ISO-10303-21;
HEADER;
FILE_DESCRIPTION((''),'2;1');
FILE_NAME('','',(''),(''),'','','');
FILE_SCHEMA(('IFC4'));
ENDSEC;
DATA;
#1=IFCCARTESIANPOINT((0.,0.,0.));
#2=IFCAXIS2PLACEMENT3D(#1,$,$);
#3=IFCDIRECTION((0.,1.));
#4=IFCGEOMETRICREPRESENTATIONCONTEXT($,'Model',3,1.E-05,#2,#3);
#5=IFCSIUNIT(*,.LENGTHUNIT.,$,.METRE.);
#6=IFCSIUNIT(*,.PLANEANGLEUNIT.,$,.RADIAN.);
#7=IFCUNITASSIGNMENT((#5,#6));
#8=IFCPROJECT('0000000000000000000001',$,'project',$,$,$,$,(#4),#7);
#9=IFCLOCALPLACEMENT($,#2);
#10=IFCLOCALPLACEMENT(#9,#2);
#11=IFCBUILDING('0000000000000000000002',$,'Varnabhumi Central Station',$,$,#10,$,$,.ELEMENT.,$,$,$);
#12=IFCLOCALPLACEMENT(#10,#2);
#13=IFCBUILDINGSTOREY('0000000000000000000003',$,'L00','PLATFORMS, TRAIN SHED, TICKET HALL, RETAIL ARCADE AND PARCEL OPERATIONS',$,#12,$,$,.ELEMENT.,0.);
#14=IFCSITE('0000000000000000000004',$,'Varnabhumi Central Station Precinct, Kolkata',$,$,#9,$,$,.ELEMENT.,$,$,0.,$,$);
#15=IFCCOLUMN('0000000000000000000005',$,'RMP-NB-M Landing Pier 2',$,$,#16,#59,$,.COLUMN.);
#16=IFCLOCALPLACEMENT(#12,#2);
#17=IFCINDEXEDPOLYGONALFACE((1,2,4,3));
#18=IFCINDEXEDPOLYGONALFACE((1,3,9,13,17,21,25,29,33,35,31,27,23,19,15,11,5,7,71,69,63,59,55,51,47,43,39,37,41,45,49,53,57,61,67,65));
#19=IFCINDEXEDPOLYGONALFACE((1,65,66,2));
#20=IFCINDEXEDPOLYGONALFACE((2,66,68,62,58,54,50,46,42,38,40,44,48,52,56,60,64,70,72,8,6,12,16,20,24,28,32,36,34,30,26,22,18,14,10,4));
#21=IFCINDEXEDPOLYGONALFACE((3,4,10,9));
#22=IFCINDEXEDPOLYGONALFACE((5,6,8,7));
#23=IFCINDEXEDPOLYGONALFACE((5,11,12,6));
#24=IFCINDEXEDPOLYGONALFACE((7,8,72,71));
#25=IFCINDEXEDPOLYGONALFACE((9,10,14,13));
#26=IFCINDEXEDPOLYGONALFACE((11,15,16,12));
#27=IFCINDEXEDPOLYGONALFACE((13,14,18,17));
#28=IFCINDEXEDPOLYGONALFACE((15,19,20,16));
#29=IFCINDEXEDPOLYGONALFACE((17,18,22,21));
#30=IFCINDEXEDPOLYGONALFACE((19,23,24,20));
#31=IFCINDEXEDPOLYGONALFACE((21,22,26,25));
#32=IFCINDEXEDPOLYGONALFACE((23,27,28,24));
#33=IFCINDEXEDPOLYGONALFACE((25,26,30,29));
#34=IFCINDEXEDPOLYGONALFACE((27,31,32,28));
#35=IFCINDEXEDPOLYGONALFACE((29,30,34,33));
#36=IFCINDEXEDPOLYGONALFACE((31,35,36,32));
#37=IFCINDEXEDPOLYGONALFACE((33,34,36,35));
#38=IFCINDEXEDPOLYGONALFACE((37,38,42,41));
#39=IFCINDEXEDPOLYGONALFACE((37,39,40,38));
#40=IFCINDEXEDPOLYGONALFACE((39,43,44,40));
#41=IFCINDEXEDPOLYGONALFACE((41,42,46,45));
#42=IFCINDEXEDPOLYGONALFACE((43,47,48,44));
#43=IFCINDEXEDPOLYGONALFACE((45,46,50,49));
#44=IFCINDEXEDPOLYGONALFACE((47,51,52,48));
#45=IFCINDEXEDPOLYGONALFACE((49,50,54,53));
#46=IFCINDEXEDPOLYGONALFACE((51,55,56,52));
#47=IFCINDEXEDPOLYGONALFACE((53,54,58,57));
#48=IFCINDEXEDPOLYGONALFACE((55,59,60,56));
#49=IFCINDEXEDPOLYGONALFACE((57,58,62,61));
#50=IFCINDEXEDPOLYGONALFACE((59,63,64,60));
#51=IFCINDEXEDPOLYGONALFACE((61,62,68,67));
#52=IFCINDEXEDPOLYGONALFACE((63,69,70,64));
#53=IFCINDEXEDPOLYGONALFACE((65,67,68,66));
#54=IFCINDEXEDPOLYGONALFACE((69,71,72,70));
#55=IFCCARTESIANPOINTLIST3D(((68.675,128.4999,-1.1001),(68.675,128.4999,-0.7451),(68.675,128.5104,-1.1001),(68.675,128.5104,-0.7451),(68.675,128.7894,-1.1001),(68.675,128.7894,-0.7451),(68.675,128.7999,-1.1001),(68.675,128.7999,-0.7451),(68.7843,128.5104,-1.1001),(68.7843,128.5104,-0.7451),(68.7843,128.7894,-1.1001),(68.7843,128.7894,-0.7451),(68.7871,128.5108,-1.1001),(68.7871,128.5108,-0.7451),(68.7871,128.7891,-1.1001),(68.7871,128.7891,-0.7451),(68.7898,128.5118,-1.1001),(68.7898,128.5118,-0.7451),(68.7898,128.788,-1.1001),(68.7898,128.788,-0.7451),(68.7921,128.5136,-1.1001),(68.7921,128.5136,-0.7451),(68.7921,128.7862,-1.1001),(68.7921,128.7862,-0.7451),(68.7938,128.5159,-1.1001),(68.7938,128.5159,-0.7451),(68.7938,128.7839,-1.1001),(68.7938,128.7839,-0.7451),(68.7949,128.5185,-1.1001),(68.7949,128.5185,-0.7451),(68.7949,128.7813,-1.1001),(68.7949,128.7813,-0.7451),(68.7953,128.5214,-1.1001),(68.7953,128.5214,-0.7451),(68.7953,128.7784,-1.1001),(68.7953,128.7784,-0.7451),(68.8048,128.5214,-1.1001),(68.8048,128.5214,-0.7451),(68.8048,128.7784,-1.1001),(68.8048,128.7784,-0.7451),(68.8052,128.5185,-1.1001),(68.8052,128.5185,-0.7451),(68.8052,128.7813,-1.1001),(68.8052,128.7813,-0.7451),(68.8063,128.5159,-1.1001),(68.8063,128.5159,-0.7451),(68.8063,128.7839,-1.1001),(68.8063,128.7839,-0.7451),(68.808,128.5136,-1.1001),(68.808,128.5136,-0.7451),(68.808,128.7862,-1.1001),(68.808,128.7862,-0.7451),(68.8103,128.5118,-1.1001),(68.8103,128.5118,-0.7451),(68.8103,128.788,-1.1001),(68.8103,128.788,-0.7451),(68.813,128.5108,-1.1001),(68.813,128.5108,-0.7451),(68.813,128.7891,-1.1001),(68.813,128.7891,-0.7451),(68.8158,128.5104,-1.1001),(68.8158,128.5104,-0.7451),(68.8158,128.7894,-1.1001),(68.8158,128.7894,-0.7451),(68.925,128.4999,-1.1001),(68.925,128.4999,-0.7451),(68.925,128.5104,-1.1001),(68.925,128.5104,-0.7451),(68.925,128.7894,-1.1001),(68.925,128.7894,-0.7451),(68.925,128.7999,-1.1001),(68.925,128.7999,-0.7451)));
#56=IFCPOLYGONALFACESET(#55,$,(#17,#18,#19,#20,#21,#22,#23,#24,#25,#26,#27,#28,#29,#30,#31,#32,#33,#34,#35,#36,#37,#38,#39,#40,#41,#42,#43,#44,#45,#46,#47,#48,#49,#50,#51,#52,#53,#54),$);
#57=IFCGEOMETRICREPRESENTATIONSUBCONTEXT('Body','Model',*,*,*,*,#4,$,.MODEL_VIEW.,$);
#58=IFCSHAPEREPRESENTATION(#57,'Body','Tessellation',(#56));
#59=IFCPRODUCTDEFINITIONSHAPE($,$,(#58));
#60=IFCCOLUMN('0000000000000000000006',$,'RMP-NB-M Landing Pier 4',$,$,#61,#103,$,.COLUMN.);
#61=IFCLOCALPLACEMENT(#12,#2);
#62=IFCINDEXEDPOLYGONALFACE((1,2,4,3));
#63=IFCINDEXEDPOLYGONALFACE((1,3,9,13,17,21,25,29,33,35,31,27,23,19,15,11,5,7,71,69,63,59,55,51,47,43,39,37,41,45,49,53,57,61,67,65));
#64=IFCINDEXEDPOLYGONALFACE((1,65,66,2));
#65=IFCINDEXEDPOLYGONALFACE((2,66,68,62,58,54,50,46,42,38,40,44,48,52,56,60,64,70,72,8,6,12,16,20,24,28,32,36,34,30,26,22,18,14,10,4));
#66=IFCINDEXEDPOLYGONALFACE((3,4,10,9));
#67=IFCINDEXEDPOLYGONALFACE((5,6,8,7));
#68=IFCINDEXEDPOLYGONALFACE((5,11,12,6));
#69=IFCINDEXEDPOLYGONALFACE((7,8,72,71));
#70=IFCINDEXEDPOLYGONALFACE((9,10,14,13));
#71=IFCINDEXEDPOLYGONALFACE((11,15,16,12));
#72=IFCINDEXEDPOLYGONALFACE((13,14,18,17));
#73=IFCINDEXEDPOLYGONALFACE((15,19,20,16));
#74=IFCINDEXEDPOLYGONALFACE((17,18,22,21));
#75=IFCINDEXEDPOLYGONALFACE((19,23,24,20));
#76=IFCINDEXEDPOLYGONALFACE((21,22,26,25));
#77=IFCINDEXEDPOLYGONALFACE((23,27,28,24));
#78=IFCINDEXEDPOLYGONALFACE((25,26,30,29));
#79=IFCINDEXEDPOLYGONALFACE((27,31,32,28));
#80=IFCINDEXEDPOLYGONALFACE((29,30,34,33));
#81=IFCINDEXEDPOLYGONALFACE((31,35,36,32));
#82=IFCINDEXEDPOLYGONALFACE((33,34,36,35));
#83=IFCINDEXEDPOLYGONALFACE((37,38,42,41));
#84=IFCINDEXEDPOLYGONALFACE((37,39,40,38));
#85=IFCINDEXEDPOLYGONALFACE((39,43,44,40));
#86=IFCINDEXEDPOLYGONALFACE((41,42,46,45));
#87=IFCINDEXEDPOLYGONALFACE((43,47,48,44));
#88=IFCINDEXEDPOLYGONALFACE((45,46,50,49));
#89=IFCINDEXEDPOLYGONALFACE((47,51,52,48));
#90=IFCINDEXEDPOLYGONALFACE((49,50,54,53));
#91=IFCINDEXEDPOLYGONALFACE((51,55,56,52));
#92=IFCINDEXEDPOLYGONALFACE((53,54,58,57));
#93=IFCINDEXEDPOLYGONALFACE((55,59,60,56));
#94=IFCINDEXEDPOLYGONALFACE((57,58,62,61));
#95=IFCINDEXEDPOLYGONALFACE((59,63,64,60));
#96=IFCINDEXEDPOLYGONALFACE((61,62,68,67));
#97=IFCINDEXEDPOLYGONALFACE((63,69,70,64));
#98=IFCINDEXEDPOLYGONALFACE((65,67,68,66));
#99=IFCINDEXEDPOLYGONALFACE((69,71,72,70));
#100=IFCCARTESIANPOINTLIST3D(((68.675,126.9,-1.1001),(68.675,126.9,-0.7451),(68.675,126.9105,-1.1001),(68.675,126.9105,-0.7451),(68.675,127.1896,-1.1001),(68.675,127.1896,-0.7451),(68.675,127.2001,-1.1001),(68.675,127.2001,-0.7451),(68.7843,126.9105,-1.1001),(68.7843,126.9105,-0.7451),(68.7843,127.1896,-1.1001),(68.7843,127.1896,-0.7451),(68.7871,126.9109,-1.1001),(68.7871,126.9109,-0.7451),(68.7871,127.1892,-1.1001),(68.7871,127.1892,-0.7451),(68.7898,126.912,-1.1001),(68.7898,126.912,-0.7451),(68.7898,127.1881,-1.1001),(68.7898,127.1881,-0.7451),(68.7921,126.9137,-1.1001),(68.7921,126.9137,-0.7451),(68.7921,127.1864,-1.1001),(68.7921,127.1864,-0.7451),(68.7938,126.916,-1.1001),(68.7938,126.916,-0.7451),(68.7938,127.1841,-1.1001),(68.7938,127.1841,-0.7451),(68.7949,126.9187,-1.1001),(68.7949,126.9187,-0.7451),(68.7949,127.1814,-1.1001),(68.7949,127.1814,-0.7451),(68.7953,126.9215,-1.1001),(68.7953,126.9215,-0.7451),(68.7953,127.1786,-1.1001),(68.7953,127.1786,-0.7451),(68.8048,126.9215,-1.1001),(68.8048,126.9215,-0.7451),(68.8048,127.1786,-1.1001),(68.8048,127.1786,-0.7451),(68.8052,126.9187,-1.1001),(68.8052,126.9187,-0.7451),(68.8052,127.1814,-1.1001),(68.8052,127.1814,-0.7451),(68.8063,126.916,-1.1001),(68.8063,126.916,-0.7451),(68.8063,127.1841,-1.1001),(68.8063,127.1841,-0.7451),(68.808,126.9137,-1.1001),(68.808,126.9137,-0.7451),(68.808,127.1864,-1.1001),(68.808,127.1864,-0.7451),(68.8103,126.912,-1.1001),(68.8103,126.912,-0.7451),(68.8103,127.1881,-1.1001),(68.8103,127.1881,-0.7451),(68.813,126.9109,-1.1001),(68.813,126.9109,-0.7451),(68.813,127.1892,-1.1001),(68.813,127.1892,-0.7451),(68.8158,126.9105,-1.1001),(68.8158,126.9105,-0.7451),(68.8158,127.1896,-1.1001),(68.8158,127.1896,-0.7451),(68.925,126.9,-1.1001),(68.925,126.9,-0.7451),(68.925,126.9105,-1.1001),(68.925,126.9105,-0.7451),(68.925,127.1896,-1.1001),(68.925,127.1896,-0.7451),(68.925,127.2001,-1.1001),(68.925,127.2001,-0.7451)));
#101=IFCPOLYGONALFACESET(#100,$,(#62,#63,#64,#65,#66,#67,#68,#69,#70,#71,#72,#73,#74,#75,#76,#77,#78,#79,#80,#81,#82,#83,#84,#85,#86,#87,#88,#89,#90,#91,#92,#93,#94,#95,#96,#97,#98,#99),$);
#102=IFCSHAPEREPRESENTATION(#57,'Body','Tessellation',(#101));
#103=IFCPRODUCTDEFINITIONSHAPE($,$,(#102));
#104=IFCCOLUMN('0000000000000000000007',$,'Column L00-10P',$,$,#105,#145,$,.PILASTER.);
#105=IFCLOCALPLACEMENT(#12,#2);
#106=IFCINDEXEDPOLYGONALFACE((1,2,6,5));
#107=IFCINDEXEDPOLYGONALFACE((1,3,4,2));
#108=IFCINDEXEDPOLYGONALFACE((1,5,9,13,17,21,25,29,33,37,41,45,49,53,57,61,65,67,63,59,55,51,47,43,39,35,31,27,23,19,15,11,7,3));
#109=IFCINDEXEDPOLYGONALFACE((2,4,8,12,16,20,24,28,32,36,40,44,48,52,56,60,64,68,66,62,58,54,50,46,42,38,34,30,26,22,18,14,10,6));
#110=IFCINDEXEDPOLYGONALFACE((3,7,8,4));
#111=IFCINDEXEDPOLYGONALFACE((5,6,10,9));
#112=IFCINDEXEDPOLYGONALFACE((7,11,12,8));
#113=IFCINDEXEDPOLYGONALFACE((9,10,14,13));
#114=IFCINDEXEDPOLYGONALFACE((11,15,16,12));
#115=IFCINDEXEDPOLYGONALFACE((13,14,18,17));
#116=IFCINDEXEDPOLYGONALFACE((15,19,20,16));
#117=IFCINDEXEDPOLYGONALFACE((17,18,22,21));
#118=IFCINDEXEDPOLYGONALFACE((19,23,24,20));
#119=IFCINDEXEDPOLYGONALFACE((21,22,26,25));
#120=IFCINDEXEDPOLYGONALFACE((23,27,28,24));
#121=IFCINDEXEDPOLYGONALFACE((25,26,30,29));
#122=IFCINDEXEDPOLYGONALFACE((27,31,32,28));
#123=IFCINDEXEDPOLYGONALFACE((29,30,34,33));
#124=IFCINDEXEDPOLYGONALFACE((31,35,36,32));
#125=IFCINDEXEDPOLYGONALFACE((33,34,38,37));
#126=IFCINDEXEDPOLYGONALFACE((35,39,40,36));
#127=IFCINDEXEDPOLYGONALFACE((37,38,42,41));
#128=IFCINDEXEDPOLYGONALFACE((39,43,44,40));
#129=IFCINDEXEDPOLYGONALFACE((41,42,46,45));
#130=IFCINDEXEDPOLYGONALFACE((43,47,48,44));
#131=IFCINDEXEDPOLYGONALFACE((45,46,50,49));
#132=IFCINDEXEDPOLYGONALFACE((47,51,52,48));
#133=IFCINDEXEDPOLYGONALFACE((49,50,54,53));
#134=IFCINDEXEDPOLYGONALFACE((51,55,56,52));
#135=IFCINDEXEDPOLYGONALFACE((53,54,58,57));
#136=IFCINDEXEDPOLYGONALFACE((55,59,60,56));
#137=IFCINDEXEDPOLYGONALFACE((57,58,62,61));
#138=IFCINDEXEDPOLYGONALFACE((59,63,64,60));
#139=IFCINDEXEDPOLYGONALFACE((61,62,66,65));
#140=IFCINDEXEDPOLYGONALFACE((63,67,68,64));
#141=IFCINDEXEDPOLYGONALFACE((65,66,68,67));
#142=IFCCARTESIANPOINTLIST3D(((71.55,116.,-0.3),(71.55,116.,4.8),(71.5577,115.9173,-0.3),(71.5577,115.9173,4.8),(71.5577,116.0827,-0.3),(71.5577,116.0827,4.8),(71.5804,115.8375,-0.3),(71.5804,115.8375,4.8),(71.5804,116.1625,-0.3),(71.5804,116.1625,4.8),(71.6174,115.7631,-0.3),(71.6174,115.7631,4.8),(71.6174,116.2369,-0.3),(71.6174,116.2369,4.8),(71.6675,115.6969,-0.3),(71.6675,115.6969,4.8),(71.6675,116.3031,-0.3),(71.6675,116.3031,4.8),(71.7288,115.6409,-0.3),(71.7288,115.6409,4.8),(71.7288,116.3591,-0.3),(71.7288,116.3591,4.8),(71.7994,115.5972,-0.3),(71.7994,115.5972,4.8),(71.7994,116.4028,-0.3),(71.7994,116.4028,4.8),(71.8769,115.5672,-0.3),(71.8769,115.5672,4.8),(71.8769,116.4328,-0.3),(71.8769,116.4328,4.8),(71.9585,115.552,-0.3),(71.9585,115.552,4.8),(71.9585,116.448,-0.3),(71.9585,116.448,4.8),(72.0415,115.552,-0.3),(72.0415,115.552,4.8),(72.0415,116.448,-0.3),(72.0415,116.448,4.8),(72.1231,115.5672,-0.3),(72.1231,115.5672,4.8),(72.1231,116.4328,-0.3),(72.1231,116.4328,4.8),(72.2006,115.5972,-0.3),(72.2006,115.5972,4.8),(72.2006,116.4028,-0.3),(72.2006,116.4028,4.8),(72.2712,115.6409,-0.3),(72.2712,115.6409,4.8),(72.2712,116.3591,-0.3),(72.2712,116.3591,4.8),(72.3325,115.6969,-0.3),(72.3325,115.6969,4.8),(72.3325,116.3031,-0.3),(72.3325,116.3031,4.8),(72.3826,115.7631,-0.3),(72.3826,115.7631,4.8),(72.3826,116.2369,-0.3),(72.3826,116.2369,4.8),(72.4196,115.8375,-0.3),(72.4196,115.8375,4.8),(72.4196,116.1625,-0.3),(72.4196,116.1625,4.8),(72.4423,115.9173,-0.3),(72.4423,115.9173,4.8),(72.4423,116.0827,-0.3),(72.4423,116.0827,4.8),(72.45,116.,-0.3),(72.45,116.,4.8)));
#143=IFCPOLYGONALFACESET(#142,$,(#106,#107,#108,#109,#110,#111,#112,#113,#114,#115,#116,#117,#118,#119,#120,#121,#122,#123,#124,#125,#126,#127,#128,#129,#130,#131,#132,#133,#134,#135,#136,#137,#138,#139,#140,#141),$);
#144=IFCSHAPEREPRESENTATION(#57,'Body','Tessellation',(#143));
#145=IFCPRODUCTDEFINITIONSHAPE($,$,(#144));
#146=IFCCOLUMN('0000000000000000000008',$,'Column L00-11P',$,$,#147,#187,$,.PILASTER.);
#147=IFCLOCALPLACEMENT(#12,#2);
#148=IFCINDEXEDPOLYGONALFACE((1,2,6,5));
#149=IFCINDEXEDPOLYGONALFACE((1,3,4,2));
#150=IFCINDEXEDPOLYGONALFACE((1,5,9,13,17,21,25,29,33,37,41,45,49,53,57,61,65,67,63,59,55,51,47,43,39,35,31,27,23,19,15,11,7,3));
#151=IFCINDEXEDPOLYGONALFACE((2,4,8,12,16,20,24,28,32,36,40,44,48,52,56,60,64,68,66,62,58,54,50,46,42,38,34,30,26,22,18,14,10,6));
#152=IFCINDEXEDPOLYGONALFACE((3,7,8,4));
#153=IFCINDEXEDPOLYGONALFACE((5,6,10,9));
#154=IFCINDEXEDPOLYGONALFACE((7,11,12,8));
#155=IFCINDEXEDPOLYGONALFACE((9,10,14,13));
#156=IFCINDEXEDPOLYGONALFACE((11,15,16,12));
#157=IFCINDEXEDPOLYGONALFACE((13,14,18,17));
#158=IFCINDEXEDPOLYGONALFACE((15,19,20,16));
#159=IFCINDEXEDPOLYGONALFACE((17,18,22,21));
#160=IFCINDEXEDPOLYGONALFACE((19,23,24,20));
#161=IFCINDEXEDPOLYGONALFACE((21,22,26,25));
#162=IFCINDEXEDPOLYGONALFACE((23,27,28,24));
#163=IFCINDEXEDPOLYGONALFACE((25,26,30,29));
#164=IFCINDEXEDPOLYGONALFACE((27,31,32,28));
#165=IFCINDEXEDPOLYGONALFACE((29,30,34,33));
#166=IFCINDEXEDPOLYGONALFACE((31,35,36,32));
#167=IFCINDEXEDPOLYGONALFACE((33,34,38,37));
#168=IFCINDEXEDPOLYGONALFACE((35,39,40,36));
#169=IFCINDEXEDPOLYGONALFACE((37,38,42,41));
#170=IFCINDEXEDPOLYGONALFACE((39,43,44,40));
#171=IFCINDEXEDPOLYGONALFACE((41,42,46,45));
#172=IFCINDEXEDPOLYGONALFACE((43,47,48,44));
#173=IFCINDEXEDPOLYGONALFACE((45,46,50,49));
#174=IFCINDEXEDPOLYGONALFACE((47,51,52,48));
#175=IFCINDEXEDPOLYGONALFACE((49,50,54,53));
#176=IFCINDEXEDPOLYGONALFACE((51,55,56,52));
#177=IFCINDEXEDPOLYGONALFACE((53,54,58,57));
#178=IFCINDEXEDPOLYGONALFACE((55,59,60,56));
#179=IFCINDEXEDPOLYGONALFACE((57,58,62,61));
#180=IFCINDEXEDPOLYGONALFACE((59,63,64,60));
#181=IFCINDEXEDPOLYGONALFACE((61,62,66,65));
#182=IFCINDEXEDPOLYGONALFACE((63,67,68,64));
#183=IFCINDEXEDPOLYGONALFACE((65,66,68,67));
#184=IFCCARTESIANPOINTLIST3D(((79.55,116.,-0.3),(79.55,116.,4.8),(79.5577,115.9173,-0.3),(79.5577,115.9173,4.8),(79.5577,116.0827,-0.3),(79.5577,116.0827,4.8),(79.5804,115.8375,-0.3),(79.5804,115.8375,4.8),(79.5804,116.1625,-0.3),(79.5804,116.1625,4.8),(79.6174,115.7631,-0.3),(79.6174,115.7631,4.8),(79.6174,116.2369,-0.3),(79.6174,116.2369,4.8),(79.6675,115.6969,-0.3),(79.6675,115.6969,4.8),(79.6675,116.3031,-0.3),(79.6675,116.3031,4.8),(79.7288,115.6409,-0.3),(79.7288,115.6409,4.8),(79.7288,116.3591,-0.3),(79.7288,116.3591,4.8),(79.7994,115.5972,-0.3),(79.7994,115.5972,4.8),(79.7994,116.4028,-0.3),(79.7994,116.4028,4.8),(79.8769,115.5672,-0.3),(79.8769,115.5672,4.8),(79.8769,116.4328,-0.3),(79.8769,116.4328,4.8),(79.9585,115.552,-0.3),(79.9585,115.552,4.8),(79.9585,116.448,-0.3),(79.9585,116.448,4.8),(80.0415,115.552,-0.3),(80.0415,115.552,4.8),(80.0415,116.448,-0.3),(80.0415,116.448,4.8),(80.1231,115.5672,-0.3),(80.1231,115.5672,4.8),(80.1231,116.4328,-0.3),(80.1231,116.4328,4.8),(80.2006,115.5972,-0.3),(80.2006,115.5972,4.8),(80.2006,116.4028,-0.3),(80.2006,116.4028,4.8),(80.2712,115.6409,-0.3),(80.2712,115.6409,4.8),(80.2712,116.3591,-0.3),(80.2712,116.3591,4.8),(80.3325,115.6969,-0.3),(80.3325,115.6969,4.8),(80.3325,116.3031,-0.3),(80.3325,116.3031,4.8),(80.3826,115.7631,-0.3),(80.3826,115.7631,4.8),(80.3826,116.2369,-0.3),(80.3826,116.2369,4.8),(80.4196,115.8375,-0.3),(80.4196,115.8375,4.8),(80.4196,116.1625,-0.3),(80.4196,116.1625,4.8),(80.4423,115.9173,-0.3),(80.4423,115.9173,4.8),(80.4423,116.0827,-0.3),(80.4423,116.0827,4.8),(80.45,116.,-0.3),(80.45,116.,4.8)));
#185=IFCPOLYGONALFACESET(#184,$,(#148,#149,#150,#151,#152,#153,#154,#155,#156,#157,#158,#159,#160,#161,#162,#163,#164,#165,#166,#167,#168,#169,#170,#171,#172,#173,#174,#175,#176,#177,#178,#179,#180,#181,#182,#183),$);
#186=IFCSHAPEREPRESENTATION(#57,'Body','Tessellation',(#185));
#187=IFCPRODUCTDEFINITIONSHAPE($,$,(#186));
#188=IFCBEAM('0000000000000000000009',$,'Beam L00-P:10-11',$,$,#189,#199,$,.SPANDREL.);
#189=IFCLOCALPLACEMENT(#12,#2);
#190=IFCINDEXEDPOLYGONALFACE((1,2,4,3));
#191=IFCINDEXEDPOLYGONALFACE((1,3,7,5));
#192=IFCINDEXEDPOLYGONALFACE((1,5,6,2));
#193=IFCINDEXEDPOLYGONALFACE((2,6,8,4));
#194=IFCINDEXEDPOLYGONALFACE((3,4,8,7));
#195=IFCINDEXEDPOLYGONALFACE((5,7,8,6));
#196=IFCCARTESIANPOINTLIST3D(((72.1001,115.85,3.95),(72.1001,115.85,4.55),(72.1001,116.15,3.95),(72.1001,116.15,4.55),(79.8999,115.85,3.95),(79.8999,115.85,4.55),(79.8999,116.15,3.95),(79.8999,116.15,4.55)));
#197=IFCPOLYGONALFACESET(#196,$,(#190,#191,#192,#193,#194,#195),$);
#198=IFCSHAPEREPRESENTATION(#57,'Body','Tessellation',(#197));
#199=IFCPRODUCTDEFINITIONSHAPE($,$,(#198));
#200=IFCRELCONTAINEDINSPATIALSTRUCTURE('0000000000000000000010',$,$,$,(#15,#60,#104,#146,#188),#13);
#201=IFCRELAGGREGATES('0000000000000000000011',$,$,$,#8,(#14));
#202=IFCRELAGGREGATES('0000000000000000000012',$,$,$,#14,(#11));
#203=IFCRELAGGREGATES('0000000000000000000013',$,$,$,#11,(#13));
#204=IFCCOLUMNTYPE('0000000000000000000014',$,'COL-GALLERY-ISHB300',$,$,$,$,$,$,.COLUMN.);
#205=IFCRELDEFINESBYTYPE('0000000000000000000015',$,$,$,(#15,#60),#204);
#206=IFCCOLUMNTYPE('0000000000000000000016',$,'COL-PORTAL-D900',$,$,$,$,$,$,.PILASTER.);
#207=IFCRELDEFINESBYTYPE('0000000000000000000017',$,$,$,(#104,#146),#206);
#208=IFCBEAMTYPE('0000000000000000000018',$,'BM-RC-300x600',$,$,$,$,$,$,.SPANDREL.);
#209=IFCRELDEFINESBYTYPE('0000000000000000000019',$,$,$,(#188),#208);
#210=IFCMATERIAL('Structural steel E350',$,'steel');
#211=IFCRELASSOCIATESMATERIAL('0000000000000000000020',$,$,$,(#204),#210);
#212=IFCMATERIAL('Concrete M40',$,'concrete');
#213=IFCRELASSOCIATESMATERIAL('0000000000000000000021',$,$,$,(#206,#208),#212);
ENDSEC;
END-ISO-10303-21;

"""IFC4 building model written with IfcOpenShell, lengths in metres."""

from ifc_helpers import new_model, si_unit, direction, frame, origin, origin_2d, place, context, subcontext, project, spatial, rectangle, circle, i_section, extrude, material, material_profile, profile_set, type_object, element, save


model = new_model("IFC4")

# Units and contexts
model_context = context("Model", 3, precision=1e-05, world=origin(), true_north=direction((0.0, 1.0)))
body_context = subcontext(model_context, "Body", "Model", "MODEL_VIEW")
ifc_project = project(units=[si_unit("LENGTHUNIT", "METRE"), si_unit("PLANEANGLEUNIT", "RADIAN")], contexts=[model_context])

# Site, building, storey
site_placement = place(None, origin())
site = spatial("IfcSite", under=ifc_project, at=site_placement, Name="Varnabhumi Central Station Precinct, Kolkata", CompositionType="ELEMENT", RefElevation=0.0)
building_placement = place(site_placement, origin())
building = spatial("IfcBuilding", under=site, at=building_placement, Name="Varnabhumi Central Station", CompositionType="ELEMENT")
storey_placement = place(building_placement, origin())
storey = spatial("IfcBuildingStorey", under=building, at=storey_placement, Name="L00", Description="PLATFORMS, TRAIN SHED, TICKET HALL, RETAIL ARCADE AND PARCEL OPERATIONS", CompositionType="ELEMENT", Elevation=0.0)

# Shared definitions
ifc_material_1 = material(Name="Concrete M40", Category="concrete")

# Columns
ifc_material_2 = material(Name="Structural steel E350", Category="steel")
ifc_material_profile_1 = material_profile(ifc_material_2, i_section(OverallWidth=0.25, OverallDepth=0.3, WebThickness=0.0095, FlangeThickness=0.0105, FilletRadius=0.011, at=origin_2d()), Name="Structural steel E350", Category="steel")
ifc_profile_set_1 = profile_set([ifc_material_profile_1], Name="Structural steel E350")
column_type_1 = type_object("IfcColumnType", Name="COL-GALLERY-ISHB300", PredefinedType="COLUMN", material=ifc_profile_set_1)
for number, where, z_axis, x_axis, name in (
    (1, (68.8, 128.6499, -1.1001), (0.0, 0.0, 1.0), (1.0, 0.0, 0.0), "RMP-NB-M Landing Pier 2"),
    (2, (68.8, 127.05, -1.1001), (0.0, 0.0, 1.0), (1.0, 0.0, 0.0), "RMP-NB-M Landing Pier 4"),
):
    element("IfcColumn", number, at=place(storey_placement, frame(where, z_axis=z_axis, x_axis=x_axis)), inside=storey, type_object=column_type_1, Name=name, PredefinedType="COLUMN", context=body_context, shape_type="SweptSolid", body=[
        extrude(i_section(OverallWidth=0.25, OverallDepth=0.3, WebThickness=0.0095, FlangeThickness=0.0105, FilletRadius=0.011, at=origin_2d()), origin(), (0.0, 0.0, 1.0), 0.355),
    ])
ifc_material_profile_2 = material_profile(ifc_material_1, circle(Radius=0.45, at=origin_2d()), Name="Concrete M40", Category="concrete")
ifc_profile_set_2 = profile_set([ifc_material_profile_2], Name="Concrete M40")
column_type_2 = type_object("IfcColumnType", Name="COL-PORTAL-D900", PredefinedType="PILASTER", material=ifc_profile_set_2)
for number, where, z_axis, x_axis, name in (
    (3, (72.0, 116.0, -0.3), (0.0, 0.0, 1.0), (1.0, 0.0, 0.0), "Column L00-10P"),
    (4, (80.0, 116.0, -0.3), (0.0, 0.0, 1.0), (1.0, 0.0, 0.0), "Column L00-11P"),
):
    element("IfcColumn", number, at=place(storey_placement, frame(where, z_axis=z_axis, x_axis=x_axis)), inside=storey, type_object=column_type_2, Name=name, PredefinedType="PILASTER", context=body_context, shape_type="SweptSolid", body=[
        extrude(circle(Radius=0.45, at=origin_2d()), origin(), (0.0, 0.0, 1.0), 5.1001),
    ])

# Beam
ifc_material_profile_3 = material_profile(ifc_material_1, rectangle(XDim=0.3, YDim=0.6001, at=origin_2d()), Name="Concrete M40", Category="concrete")
ifc_profile_set_3 = profile_set([ifc_material_profile_3], Name="Concrete M40")
beam_type = type_object("IfcBeamType", Name="BM-RC-300x600", PredefinedType="SPANDREL", material=ifc_profile_set_3)
beam_placement = place(storey_placement, frame((72.1001, 116.0, 4.25), z_axis=(1.0, 0.0, 0.0), x_axis=(0.0, 1.0, 0.0)))
element("IfcBeam", 5, at=beam_placement, inside=storey, type_object=beam_type, Name="Beam L00-P:10-11", PredefinedType="SPANDREL", context=body_context, shape_type="SweptSolid", body=[
    extrude(rectangle(XDim=0.3, YDim=0.6001, at=origin_2d()), origin(), (0.0, 0.0, 1.0), 7.7998),
])

save(model, "model.ifc")
